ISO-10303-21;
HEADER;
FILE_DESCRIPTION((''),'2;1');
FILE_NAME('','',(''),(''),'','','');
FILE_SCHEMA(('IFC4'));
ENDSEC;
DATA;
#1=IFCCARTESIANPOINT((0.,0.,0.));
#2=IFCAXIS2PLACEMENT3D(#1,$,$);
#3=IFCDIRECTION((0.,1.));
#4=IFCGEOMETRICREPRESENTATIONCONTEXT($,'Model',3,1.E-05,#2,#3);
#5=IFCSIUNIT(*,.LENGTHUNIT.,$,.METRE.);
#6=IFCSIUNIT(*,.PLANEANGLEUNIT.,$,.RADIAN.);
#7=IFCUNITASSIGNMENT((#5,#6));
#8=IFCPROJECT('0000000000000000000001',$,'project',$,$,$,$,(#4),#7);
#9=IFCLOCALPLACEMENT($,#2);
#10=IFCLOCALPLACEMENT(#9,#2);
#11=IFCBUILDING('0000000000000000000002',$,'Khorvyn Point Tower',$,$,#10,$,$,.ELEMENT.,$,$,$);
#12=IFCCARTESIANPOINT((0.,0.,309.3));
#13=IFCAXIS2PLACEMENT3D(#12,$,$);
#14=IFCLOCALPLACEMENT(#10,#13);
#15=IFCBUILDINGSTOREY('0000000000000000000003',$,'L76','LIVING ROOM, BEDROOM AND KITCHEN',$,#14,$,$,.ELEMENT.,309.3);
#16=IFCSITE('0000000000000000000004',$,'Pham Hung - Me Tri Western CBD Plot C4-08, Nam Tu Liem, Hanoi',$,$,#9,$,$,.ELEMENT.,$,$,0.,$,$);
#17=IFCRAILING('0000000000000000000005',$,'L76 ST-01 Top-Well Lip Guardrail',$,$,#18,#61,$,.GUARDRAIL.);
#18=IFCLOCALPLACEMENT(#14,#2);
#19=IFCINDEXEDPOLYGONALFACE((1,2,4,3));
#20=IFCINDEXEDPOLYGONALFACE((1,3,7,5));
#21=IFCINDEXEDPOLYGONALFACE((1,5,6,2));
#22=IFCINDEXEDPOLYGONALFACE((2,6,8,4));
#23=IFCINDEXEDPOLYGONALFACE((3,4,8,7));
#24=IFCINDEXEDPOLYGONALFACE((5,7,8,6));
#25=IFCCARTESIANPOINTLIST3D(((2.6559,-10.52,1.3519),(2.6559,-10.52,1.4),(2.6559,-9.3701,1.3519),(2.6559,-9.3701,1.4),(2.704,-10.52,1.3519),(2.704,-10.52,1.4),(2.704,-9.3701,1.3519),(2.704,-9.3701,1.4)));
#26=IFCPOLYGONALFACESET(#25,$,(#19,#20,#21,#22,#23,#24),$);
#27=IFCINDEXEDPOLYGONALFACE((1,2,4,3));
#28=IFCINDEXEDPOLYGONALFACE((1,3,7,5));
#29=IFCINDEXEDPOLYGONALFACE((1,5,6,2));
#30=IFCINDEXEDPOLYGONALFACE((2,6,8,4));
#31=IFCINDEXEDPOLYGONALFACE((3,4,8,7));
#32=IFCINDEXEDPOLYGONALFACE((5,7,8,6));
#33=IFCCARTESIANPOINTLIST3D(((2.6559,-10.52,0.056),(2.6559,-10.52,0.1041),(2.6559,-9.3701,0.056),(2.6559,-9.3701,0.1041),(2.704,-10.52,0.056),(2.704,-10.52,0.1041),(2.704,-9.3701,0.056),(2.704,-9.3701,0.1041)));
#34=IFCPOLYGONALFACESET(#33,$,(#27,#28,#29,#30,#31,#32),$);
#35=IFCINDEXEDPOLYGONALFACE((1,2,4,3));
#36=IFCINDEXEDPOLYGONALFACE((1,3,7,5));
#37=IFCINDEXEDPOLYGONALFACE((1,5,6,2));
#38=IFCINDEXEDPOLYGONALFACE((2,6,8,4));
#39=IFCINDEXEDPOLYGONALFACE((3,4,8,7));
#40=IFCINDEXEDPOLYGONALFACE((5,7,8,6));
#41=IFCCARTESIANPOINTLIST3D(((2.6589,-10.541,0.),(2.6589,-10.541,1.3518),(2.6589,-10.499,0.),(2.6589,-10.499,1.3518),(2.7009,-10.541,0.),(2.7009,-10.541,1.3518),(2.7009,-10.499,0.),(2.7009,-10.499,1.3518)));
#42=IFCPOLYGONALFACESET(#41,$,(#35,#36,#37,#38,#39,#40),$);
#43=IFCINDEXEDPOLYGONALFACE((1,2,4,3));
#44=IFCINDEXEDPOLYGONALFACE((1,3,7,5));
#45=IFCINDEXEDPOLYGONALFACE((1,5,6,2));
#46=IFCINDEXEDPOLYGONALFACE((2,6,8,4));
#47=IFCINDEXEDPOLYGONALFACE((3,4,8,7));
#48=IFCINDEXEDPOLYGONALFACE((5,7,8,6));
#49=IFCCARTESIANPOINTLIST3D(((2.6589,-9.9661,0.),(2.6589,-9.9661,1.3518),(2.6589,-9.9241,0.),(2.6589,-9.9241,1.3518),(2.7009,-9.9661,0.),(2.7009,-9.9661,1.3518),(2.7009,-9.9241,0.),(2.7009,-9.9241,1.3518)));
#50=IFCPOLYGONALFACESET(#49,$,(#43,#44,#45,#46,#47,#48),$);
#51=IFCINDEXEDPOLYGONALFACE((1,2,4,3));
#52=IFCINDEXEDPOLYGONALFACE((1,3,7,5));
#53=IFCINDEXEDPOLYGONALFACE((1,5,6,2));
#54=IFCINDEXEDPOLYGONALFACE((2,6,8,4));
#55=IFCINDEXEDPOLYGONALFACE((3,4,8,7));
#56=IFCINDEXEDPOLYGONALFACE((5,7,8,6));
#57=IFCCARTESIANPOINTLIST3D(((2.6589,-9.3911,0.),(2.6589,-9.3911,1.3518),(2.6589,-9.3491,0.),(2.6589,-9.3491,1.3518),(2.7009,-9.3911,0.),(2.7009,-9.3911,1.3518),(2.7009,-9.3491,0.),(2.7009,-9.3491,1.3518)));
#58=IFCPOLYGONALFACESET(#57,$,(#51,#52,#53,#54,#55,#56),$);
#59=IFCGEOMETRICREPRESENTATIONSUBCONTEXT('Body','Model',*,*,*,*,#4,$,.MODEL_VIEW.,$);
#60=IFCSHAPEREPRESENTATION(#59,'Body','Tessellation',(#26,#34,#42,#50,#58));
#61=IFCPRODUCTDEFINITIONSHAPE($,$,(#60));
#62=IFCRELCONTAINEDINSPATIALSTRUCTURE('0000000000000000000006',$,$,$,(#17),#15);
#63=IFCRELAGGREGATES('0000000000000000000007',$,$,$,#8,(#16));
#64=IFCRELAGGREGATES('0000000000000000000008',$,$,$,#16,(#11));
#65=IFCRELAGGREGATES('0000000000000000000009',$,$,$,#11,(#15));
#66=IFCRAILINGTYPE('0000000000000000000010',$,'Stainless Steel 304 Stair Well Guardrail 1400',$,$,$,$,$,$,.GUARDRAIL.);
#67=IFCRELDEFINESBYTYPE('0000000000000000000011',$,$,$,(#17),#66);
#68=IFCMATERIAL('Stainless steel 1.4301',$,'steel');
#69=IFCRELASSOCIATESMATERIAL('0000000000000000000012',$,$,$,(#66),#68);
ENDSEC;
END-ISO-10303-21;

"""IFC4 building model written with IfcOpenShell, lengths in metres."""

from ifc_helpers import new_model, si_unit, direction, frame, origin, origin_2d, place, context, subcontext, project, spatial, rectangle, extrude, material, type_object, element, save


model = new_model("IFC4")

# Units and contexts
model_context = context("Model", 3, precision=1e-05, world=origin(), true_north=direction((0.0, 1.0)))
body_context = subcontext(model_context, "Body", "Model", "MODEL_VIEW")
ifc_project = project(units=[si_unit("LENGTHUNIT", "METRE"), si_unit("PLANEANGLEUNIT", "RADIAN")], contexts=[model_context])

# Site, building, storey
site_placement = place(None, origin())
site = spatial("IfcSite", under=ifc_project, at=site_placement, Name="Pham Hung - Me Tri Western CBD Plot C4-08, Nam Tu Liem, Hanoi", CompositionType="ELEMENT", RefElevation=0.0)
building_placement = place(site_placement, origin())
building = spatial("IfcBuilding", under=site, at=building_placement, Name="Khorvyn Point Tower", CompositionType="ELEMENT")
storey_placement = place(building_placement, frame((0.0, 0.0, 309.3)))
storey = spatial("IfcBuildingStorey", under=building, at=storey_placement, Name="L76", Description="LIVING ROOM, BEDROOM AND KITCHEN", CompositionType="ELEMENT", Elevation=309.3)

# Shared definitions
ifc_material_1 = material(Name="Stainless steel 1.4301", Category="steel")

# Railing
railing_type_1 = type_object("IfcRailingType", Name="Stainless Steel 304 Stair Well Guardrail 1400", PredefinedType="GUARDRAIL", material=ifc_material_1)
railing_1_placement = place(storey_placement, frame((2.6799, -10.52, 0.0)))
element("IfcRailing", 1, at=railing_1_placement, inside=storey, type_object=railing_type_1, Name="L76 ST-01 Top-Well Lip Guardrail", PredefinedType="GUARDRAIL", context=body_context, shape_type="SweptSolid", body=[
    extrude(rectangle(XDim=0.0481, YDim=0.0481, at=origin_2d()), frame((0.0, 0.0, 1.376), z_axis=(0.0, 1.0, 0.0), x_axis=(-1.0, 0.0, 0.0)), (0.0, 0.0, 1.0), 1.1499),
    extrude(rectangle(XDim=0.0481, YDim=0.0481, at=origin_2d()), frame((0.0, 0.0, 0.0801), z_axis=(0.0, 1.0, 0.0), x_axis=(-1.0, 0.0, 0.0)), (0.0, 0.0, 1.0), 1.1499),
    extrude(rectangle(XDim=0.042, YDim=0.042, at=origin_2d()), origin(), (0.0, 0.0, 1.0), 1.3518),
    extrude(rectangle(XDim=0.042, YDim=0.042, at=origin_2d()), frame((0.0, 0.575, 0.0)), (0.0, 0.0, 1.0), 1.3518),
    extrude(rectangle(XDim=0.042, YDim=0.042, at=origin_2d()), frame((0.0, 1.1499, 0.0)), (0.0, 0.0, 1.0), 1.3518),
])

save(model, "model.ifc")
